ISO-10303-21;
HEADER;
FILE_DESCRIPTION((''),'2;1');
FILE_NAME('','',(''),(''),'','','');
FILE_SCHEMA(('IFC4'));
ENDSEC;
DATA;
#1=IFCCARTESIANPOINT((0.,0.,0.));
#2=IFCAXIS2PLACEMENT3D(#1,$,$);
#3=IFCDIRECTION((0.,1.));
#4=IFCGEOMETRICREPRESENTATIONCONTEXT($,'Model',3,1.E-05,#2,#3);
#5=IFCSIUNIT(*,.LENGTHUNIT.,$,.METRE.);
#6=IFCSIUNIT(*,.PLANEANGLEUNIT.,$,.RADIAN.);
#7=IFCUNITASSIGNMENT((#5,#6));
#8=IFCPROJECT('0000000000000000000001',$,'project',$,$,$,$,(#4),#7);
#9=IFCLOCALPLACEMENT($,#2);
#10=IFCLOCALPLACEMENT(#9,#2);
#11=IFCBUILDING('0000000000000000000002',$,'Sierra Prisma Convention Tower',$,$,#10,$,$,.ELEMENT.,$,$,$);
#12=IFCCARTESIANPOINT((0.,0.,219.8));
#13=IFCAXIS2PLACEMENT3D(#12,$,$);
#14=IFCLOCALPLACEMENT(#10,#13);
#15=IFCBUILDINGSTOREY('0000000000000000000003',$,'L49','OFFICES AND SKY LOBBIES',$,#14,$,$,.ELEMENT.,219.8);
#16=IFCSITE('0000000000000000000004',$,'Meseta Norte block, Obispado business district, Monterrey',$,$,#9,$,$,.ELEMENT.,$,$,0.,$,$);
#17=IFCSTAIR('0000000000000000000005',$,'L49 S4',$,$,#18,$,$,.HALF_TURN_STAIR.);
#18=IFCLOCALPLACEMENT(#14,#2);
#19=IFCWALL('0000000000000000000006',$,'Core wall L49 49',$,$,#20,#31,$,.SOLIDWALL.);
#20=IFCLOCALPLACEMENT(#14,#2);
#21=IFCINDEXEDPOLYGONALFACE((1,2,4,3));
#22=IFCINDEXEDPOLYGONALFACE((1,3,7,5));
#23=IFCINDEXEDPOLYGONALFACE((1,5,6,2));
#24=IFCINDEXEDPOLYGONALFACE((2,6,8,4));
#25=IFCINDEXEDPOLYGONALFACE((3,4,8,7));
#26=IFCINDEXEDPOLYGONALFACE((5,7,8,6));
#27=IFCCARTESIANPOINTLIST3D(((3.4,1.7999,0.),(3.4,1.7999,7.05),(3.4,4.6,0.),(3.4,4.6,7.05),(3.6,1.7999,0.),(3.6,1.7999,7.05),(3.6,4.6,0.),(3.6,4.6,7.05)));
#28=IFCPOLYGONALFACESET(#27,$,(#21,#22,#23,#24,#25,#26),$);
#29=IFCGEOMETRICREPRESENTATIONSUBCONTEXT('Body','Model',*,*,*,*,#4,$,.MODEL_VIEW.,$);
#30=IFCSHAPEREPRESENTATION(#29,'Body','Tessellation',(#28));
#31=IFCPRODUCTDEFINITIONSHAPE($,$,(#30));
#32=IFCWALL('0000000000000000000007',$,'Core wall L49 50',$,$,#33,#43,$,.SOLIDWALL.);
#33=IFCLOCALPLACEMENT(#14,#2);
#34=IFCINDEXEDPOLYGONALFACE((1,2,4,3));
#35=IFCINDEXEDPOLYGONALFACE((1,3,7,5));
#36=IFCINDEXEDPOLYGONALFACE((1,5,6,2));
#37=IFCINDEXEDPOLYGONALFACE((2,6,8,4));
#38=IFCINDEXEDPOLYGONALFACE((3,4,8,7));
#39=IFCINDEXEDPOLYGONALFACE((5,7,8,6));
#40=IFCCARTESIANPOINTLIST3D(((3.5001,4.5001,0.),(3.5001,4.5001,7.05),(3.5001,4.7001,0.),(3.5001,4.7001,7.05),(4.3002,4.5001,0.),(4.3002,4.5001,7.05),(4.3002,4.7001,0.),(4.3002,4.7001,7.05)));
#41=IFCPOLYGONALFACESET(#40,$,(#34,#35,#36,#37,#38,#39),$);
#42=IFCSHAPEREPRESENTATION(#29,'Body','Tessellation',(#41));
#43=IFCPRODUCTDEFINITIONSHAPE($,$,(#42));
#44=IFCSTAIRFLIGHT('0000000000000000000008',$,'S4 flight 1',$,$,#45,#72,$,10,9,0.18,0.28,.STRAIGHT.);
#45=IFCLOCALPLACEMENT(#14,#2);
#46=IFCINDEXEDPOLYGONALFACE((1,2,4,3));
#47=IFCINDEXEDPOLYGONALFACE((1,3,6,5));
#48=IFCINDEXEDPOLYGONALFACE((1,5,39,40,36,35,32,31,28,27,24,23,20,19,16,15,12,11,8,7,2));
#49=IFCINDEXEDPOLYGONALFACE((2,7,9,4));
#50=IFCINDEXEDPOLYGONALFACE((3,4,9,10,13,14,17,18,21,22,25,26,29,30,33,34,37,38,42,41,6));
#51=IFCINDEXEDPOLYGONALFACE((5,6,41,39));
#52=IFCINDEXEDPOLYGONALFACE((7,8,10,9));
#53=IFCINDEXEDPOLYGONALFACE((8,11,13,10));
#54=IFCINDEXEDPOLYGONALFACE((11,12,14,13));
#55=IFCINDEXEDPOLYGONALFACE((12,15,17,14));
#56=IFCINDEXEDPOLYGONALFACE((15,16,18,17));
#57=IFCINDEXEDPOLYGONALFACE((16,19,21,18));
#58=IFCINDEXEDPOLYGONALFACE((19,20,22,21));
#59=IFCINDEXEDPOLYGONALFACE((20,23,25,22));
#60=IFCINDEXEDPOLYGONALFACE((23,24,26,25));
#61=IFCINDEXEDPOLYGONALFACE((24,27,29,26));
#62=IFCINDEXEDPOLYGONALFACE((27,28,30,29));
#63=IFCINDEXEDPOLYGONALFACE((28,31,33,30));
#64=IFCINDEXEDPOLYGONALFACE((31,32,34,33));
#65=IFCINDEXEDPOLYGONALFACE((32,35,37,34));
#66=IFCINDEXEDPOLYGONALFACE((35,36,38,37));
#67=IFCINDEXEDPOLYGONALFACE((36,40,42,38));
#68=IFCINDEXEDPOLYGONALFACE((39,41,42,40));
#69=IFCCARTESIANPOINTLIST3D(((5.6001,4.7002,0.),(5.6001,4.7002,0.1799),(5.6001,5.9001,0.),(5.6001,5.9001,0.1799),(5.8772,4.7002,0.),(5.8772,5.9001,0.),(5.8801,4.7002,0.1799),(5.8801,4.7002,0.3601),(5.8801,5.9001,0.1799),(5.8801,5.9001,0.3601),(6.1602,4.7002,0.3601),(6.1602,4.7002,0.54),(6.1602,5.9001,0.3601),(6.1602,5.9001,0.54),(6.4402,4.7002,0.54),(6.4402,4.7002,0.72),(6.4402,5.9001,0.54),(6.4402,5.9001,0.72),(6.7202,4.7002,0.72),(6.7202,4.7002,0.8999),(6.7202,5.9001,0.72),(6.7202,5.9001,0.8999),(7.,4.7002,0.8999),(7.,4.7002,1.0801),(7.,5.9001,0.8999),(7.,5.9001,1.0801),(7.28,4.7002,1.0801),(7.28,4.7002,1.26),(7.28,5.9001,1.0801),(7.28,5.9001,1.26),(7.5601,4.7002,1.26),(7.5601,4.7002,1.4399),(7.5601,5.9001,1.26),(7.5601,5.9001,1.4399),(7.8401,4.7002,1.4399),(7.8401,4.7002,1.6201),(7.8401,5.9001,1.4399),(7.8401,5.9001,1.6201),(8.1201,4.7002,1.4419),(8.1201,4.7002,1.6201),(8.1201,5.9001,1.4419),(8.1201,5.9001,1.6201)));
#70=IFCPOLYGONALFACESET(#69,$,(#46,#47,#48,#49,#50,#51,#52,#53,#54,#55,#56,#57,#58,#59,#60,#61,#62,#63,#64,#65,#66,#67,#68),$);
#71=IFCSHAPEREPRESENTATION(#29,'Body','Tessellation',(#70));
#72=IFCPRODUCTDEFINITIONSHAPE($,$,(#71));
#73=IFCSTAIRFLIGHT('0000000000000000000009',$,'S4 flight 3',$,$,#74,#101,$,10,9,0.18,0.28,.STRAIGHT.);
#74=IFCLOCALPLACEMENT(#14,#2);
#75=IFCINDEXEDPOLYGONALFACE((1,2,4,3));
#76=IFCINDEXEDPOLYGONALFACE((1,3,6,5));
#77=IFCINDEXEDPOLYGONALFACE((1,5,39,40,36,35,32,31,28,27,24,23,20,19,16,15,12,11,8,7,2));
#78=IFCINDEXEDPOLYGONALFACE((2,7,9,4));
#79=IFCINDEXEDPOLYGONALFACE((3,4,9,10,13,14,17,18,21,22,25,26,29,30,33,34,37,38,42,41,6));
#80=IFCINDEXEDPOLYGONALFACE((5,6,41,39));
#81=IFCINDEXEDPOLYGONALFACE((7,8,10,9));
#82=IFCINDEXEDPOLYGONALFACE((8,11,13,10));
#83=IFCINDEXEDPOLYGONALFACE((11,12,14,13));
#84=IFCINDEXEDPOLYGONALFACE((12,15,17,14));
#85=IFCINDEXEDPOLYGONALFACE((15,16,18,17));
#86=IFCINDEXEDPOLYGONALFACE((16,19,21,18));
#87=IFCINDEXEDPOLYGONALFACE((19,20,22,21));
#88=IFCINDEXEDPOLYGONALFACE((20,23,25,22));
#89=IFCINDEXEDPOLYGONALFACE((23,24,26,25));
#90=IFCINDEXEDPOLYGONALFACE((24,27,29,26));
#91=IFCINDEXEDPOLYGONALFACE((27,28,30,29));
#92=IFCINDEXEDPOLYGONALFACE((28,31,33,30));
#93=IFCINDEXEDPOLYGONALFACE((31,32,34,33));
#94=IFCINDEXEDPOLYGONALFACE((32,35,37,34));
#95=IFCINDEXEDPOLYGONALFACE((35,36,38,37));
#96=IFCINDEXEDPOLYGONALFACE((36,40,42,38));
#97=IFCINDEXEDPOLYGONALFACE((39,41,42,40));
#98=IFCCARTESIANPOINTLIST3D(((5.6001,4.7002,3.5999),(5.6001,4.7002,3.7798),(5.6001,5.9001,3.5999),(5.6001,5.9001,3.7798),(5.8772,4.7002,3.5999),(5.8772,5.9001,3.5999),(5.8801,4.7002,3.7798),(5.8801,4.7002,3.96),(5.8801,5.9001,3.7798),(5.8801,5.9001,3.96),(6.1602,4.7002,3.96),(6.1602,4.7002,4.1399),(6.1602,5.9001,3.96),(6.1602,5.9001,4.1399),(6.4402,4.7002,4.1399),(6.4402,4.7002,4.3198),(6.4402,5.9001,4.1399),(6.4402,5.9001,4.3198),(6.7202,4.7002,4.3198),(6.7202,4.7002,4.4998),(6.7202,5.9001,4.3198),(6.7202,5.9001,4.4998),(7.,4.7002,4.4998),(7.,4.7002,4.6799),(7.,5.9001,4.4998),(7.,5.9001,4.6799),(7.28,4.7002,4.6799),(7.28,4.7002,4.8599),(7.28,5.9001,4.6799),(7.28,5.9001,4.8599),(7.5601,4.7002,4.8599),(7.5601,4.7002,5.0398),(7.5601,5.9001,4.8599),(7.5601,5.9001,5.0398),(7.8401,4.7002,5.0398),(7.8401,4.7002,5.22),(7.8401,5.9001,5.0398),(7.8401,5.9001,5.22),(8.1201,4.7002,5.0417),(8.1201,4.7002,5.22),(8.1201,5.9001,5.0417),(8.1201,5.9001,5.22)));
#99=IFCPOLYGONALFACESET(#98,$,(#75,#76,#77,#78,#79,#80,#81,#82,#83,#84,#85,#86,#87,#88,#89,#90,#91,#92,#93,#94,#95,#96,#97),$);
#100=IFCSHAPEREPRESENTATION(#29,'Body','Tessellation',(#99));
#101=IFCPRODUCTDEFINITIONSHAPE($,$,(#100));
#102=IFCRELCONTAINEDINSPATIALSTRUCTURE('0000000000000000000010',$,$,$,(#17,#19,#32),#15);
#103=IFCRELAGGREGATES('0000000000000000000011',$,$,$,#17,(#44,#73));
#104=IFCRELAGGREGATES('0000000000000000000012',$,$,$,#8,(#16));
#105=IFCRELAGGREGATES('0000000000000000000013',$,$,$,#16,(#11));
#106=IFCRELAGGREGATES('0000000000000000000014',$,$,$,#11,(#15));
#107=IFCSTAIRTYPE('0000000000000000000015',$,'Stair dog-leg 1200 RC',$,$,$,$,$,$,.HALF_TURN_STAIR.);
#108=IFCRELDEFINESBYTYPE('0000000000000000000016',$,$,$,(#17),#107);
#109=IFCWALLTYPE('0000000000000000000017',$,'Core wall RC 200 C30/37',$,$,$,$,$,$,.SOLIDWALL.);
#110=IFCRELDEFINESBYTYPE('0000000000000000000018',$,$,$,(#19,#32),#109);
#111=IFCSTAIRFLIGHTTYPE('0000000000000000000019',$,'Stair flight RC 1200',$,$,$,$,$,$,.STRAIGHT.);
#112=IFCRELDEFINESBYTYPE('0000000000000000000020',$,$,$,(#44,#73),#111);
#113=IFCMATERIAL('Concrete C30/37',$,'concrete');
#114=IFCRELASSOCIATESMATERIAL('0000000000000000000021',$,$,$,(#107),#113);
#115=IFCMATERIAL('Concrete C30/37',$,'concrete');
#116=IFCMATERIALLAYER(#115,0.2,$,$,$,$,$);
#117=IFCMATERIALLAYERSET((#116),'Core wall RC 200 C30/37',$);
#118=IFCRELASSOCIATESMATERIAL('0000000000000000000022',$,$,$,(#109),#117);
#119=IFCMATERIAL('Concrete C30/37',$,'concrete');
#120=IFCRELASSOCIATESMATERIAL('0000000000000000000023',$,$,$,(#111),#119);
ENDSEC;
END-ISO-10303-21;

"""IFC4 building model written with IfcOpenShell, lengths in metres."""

from ifc_helpers import new_model, si_unit, direction, frame, frame_2d, origin, place, context, subcontext, project, spatial, polyline, rectangle, outline, extrude, material, layer, layer_set, type_object, element, aggregate, save


model = new_model("IFC4")

# Units and contexts
model_context = context("Model", 3, precision=1e-05, world=origin(), true_north=direction((0.0, 1.0)))
body_context = subcontext(model_context, "Body", "Model", "MODEL_VIEW")
ifc_project = project(units=[si_unit("LENGTHUNIT", "METRE"), si_unit("PLANEANGLEUNIT", "RADIAN")], contexts=[model_context])

# Site, building, storey
site_placement = place(None, origin())
site = spatial("IfcSite", under=ifc_project, at=site_placement, Name="Meseta Norte block, Obispado business district, Monterrey", CompositionType="ELEMENT", RefElevation=0.0)
building_placement = place(site_placement, origin())
building = spatial("IfcBuilding", under=site, at=building_placement, Name="Sierra Prisma Convention Tower", CompositionType="ELEMENT")
storey_placement = place(building_placement, frame((0.0, 0.0, 219.8)))
storey = spatial("IfcBuildingStorey", under=building, at=storey_placement, Name="L49", Description="OFFICES AND SKY LOBBIES", CompositionType="ELEMENT", Elevation=219.8)

# Shared definitions
ifc_material_1 = material(Name="Concrete C30/37", Category="concrete")
stair_type = type_object("IfcStairType", Name="Stair dog-leg 1200 RC", PredefinedType="HALF_TURN_STAIR", material=ifc_material_1)

# Stair
stair_1_placement = place(storey_placement, origin())
stair_1 = element("IfcStair", 1, at=stair_1_placement, inside=storey, type_object=stair_type, Name="L49 S4", PredefinedType="HALF_TURN_STAIR")

# Shared definitions
ifc_material_2 = material(Name="Concrete C30/37", Category="concrete")
ifc_layer_1 = layer(ifc_material_2, 0.2)
ifc_layer_set_1 = layer_set([ifc_layer_1], Name="Core wall RC 200 C30/37")
wall_type = type_object("IfcWallType", Name="Core wall RC 200 C30/37", PredefinedType="SOLIDWALL", material=ifc_layer_set_1)

# Walls
wall_1_placement = place(storey_placement, frame((3.5, 1.8, 0.0), z_axis=(0.0, 0.0, 1.0), x_axis=(0.0, 1.0, 0.0)))
element("IfcWall", 2, at=wall_1_placement, inside=storey, type_object=wall_type, Name="Core wall L49 49", PredefinedType="SOLIDWALL", context=body_context, shape_type="SweptSolid", body=[
    extrude(rectangle(XDim=2.8, YDim=0.2, at=frame_2d((1.3999, 0.0))), origin(), (0.0, 0.0, 1.0), 7.05),
])
wall_2_placement = place(storey_placement, frame((4.3, 4.6001, 0.0), z_axis=(0.0, 0.0, 1.0), x_axis=(-1.0, 0.0, 0.0)))
element("IfcWall", 3, at=wall_2_placement, inside=storey, type_object=wall_type, Name="Core wall L49 50", PredefinedType="SOLIDWALL", context=body_context, shape_type="SweptSolid", body=[
    extrude(rectangle(XDim=0.8, YDim=0.2, at=frame_2d((0.3999, 0.0))), origin(), (0.0, 0.0, 1.0), 7.05),
])

# Stair flights
ifc_material_3 = material(Name="Concrete C30/37", Category="concrete")
stair_flight_type = type_object("IfcStairFlightType", Name="Stair flight RC 1200", PredefinedType="STRAIGHT", material=ifc_material_3)
stair_flight_1_placement = place(storey_placement, frame((5.6001, 5.3, 0.0), z_axis=(0.0, 0.0, 1.0), x_axis=(1.0, 0.0, 0.0)))
stair_flight_1 = element("IfcStairFlight", 4, at=stair_flight_1_placement, type_object=stair_flight_type, Name="S4 flight 1", NumberOfRisers=10, NumberOfTreads=9, PredefinedType="STRAIGHT", RiserHeight=0.18, TreadLength=0.28, context=body_context, shape_type="SweptSolid", body=[
    extrude(outline(polyline([(0.0, 0.0), (0.0, 0.1799), (0.28, 0.1799), (0.28, 0.3601), (0.5601, 0.3601), (0.5601, 0.54), (0.8401, 0.54), (0.8401, 0.72), (1.1201, 0.72), (1.1201, 0.8999), (1.3999, 0.8999), (1.3999, 1.0801), (1.6799, 1.0801), (1.6799, 1.26), (1.96, 1.26), (1.96, 1.4399), (2.24, 1.4399), (2.24, 1.6201), (2.52, 1.6201), (2.52, 1.8), (2.52, 1.4419), (0.2771, 0.0), (0.0, 0.0)])), frame((0.0, 0.6001, 0.0), z_axis=(0.0, -1.0, 0.0), x_axis=(1.0, 0.0, 0.0)), (0.0, 0.0, 1.0), 1.2),
])
stair_flight_2_placement = place(storey_placement, frame((5.6001, 5.3, 3.5999), z_axis=(0.0, 0.0, 1.0), x_axis=(1.0, 0.0, 0.0)))
stair_flight_2 = element("IfcStairFlight", 5, at=stair_flight_2_placement, type_object=stair_flight_type, Name="S4 flight 3", NumberOfRisers=10, NumberOfTreads=9, PredefinedType="STRAIGHT", RiserHeight=0.18, TreadLength=0.28, context=body_context, shape_type="SweptSolid", body=[
    extrude(outline(polyline([(0.0, 0.0), (0.0, 0.1799), (0.28, 0.1799), (0.28, 0.3601), (0.5601, 0.3601), (0.5601, 0.54), (0.8401, 0.54), (0.8401, 0.72), (1.1201, 0.72), (1.1201, 0.8999), (1.3999, 0.8999), (1.3999, 1.0801), (1.6799, 1.0801), (1.6799, 1.26), (1.96, 1.26), (1.96, 1.4399), (2.24, 1.4399), (2.24, 1.6201), (2.52, 1.6201), (2.52, 1.8), (2.52, 1.4419), (0.2771, 0.0), (0.0, 0.0)])), frame((0.0, 0.6001, 0.0), z_axis=(0.0, -1.0, 0.0), x_axis=(1.0, 0.0, 0.0)), (0.0, 0.0, 1.0), 1.2),
])
aggregate(stair_1, [stair_flight_1, stair_flight_2])

save(model, "model.ifc")
